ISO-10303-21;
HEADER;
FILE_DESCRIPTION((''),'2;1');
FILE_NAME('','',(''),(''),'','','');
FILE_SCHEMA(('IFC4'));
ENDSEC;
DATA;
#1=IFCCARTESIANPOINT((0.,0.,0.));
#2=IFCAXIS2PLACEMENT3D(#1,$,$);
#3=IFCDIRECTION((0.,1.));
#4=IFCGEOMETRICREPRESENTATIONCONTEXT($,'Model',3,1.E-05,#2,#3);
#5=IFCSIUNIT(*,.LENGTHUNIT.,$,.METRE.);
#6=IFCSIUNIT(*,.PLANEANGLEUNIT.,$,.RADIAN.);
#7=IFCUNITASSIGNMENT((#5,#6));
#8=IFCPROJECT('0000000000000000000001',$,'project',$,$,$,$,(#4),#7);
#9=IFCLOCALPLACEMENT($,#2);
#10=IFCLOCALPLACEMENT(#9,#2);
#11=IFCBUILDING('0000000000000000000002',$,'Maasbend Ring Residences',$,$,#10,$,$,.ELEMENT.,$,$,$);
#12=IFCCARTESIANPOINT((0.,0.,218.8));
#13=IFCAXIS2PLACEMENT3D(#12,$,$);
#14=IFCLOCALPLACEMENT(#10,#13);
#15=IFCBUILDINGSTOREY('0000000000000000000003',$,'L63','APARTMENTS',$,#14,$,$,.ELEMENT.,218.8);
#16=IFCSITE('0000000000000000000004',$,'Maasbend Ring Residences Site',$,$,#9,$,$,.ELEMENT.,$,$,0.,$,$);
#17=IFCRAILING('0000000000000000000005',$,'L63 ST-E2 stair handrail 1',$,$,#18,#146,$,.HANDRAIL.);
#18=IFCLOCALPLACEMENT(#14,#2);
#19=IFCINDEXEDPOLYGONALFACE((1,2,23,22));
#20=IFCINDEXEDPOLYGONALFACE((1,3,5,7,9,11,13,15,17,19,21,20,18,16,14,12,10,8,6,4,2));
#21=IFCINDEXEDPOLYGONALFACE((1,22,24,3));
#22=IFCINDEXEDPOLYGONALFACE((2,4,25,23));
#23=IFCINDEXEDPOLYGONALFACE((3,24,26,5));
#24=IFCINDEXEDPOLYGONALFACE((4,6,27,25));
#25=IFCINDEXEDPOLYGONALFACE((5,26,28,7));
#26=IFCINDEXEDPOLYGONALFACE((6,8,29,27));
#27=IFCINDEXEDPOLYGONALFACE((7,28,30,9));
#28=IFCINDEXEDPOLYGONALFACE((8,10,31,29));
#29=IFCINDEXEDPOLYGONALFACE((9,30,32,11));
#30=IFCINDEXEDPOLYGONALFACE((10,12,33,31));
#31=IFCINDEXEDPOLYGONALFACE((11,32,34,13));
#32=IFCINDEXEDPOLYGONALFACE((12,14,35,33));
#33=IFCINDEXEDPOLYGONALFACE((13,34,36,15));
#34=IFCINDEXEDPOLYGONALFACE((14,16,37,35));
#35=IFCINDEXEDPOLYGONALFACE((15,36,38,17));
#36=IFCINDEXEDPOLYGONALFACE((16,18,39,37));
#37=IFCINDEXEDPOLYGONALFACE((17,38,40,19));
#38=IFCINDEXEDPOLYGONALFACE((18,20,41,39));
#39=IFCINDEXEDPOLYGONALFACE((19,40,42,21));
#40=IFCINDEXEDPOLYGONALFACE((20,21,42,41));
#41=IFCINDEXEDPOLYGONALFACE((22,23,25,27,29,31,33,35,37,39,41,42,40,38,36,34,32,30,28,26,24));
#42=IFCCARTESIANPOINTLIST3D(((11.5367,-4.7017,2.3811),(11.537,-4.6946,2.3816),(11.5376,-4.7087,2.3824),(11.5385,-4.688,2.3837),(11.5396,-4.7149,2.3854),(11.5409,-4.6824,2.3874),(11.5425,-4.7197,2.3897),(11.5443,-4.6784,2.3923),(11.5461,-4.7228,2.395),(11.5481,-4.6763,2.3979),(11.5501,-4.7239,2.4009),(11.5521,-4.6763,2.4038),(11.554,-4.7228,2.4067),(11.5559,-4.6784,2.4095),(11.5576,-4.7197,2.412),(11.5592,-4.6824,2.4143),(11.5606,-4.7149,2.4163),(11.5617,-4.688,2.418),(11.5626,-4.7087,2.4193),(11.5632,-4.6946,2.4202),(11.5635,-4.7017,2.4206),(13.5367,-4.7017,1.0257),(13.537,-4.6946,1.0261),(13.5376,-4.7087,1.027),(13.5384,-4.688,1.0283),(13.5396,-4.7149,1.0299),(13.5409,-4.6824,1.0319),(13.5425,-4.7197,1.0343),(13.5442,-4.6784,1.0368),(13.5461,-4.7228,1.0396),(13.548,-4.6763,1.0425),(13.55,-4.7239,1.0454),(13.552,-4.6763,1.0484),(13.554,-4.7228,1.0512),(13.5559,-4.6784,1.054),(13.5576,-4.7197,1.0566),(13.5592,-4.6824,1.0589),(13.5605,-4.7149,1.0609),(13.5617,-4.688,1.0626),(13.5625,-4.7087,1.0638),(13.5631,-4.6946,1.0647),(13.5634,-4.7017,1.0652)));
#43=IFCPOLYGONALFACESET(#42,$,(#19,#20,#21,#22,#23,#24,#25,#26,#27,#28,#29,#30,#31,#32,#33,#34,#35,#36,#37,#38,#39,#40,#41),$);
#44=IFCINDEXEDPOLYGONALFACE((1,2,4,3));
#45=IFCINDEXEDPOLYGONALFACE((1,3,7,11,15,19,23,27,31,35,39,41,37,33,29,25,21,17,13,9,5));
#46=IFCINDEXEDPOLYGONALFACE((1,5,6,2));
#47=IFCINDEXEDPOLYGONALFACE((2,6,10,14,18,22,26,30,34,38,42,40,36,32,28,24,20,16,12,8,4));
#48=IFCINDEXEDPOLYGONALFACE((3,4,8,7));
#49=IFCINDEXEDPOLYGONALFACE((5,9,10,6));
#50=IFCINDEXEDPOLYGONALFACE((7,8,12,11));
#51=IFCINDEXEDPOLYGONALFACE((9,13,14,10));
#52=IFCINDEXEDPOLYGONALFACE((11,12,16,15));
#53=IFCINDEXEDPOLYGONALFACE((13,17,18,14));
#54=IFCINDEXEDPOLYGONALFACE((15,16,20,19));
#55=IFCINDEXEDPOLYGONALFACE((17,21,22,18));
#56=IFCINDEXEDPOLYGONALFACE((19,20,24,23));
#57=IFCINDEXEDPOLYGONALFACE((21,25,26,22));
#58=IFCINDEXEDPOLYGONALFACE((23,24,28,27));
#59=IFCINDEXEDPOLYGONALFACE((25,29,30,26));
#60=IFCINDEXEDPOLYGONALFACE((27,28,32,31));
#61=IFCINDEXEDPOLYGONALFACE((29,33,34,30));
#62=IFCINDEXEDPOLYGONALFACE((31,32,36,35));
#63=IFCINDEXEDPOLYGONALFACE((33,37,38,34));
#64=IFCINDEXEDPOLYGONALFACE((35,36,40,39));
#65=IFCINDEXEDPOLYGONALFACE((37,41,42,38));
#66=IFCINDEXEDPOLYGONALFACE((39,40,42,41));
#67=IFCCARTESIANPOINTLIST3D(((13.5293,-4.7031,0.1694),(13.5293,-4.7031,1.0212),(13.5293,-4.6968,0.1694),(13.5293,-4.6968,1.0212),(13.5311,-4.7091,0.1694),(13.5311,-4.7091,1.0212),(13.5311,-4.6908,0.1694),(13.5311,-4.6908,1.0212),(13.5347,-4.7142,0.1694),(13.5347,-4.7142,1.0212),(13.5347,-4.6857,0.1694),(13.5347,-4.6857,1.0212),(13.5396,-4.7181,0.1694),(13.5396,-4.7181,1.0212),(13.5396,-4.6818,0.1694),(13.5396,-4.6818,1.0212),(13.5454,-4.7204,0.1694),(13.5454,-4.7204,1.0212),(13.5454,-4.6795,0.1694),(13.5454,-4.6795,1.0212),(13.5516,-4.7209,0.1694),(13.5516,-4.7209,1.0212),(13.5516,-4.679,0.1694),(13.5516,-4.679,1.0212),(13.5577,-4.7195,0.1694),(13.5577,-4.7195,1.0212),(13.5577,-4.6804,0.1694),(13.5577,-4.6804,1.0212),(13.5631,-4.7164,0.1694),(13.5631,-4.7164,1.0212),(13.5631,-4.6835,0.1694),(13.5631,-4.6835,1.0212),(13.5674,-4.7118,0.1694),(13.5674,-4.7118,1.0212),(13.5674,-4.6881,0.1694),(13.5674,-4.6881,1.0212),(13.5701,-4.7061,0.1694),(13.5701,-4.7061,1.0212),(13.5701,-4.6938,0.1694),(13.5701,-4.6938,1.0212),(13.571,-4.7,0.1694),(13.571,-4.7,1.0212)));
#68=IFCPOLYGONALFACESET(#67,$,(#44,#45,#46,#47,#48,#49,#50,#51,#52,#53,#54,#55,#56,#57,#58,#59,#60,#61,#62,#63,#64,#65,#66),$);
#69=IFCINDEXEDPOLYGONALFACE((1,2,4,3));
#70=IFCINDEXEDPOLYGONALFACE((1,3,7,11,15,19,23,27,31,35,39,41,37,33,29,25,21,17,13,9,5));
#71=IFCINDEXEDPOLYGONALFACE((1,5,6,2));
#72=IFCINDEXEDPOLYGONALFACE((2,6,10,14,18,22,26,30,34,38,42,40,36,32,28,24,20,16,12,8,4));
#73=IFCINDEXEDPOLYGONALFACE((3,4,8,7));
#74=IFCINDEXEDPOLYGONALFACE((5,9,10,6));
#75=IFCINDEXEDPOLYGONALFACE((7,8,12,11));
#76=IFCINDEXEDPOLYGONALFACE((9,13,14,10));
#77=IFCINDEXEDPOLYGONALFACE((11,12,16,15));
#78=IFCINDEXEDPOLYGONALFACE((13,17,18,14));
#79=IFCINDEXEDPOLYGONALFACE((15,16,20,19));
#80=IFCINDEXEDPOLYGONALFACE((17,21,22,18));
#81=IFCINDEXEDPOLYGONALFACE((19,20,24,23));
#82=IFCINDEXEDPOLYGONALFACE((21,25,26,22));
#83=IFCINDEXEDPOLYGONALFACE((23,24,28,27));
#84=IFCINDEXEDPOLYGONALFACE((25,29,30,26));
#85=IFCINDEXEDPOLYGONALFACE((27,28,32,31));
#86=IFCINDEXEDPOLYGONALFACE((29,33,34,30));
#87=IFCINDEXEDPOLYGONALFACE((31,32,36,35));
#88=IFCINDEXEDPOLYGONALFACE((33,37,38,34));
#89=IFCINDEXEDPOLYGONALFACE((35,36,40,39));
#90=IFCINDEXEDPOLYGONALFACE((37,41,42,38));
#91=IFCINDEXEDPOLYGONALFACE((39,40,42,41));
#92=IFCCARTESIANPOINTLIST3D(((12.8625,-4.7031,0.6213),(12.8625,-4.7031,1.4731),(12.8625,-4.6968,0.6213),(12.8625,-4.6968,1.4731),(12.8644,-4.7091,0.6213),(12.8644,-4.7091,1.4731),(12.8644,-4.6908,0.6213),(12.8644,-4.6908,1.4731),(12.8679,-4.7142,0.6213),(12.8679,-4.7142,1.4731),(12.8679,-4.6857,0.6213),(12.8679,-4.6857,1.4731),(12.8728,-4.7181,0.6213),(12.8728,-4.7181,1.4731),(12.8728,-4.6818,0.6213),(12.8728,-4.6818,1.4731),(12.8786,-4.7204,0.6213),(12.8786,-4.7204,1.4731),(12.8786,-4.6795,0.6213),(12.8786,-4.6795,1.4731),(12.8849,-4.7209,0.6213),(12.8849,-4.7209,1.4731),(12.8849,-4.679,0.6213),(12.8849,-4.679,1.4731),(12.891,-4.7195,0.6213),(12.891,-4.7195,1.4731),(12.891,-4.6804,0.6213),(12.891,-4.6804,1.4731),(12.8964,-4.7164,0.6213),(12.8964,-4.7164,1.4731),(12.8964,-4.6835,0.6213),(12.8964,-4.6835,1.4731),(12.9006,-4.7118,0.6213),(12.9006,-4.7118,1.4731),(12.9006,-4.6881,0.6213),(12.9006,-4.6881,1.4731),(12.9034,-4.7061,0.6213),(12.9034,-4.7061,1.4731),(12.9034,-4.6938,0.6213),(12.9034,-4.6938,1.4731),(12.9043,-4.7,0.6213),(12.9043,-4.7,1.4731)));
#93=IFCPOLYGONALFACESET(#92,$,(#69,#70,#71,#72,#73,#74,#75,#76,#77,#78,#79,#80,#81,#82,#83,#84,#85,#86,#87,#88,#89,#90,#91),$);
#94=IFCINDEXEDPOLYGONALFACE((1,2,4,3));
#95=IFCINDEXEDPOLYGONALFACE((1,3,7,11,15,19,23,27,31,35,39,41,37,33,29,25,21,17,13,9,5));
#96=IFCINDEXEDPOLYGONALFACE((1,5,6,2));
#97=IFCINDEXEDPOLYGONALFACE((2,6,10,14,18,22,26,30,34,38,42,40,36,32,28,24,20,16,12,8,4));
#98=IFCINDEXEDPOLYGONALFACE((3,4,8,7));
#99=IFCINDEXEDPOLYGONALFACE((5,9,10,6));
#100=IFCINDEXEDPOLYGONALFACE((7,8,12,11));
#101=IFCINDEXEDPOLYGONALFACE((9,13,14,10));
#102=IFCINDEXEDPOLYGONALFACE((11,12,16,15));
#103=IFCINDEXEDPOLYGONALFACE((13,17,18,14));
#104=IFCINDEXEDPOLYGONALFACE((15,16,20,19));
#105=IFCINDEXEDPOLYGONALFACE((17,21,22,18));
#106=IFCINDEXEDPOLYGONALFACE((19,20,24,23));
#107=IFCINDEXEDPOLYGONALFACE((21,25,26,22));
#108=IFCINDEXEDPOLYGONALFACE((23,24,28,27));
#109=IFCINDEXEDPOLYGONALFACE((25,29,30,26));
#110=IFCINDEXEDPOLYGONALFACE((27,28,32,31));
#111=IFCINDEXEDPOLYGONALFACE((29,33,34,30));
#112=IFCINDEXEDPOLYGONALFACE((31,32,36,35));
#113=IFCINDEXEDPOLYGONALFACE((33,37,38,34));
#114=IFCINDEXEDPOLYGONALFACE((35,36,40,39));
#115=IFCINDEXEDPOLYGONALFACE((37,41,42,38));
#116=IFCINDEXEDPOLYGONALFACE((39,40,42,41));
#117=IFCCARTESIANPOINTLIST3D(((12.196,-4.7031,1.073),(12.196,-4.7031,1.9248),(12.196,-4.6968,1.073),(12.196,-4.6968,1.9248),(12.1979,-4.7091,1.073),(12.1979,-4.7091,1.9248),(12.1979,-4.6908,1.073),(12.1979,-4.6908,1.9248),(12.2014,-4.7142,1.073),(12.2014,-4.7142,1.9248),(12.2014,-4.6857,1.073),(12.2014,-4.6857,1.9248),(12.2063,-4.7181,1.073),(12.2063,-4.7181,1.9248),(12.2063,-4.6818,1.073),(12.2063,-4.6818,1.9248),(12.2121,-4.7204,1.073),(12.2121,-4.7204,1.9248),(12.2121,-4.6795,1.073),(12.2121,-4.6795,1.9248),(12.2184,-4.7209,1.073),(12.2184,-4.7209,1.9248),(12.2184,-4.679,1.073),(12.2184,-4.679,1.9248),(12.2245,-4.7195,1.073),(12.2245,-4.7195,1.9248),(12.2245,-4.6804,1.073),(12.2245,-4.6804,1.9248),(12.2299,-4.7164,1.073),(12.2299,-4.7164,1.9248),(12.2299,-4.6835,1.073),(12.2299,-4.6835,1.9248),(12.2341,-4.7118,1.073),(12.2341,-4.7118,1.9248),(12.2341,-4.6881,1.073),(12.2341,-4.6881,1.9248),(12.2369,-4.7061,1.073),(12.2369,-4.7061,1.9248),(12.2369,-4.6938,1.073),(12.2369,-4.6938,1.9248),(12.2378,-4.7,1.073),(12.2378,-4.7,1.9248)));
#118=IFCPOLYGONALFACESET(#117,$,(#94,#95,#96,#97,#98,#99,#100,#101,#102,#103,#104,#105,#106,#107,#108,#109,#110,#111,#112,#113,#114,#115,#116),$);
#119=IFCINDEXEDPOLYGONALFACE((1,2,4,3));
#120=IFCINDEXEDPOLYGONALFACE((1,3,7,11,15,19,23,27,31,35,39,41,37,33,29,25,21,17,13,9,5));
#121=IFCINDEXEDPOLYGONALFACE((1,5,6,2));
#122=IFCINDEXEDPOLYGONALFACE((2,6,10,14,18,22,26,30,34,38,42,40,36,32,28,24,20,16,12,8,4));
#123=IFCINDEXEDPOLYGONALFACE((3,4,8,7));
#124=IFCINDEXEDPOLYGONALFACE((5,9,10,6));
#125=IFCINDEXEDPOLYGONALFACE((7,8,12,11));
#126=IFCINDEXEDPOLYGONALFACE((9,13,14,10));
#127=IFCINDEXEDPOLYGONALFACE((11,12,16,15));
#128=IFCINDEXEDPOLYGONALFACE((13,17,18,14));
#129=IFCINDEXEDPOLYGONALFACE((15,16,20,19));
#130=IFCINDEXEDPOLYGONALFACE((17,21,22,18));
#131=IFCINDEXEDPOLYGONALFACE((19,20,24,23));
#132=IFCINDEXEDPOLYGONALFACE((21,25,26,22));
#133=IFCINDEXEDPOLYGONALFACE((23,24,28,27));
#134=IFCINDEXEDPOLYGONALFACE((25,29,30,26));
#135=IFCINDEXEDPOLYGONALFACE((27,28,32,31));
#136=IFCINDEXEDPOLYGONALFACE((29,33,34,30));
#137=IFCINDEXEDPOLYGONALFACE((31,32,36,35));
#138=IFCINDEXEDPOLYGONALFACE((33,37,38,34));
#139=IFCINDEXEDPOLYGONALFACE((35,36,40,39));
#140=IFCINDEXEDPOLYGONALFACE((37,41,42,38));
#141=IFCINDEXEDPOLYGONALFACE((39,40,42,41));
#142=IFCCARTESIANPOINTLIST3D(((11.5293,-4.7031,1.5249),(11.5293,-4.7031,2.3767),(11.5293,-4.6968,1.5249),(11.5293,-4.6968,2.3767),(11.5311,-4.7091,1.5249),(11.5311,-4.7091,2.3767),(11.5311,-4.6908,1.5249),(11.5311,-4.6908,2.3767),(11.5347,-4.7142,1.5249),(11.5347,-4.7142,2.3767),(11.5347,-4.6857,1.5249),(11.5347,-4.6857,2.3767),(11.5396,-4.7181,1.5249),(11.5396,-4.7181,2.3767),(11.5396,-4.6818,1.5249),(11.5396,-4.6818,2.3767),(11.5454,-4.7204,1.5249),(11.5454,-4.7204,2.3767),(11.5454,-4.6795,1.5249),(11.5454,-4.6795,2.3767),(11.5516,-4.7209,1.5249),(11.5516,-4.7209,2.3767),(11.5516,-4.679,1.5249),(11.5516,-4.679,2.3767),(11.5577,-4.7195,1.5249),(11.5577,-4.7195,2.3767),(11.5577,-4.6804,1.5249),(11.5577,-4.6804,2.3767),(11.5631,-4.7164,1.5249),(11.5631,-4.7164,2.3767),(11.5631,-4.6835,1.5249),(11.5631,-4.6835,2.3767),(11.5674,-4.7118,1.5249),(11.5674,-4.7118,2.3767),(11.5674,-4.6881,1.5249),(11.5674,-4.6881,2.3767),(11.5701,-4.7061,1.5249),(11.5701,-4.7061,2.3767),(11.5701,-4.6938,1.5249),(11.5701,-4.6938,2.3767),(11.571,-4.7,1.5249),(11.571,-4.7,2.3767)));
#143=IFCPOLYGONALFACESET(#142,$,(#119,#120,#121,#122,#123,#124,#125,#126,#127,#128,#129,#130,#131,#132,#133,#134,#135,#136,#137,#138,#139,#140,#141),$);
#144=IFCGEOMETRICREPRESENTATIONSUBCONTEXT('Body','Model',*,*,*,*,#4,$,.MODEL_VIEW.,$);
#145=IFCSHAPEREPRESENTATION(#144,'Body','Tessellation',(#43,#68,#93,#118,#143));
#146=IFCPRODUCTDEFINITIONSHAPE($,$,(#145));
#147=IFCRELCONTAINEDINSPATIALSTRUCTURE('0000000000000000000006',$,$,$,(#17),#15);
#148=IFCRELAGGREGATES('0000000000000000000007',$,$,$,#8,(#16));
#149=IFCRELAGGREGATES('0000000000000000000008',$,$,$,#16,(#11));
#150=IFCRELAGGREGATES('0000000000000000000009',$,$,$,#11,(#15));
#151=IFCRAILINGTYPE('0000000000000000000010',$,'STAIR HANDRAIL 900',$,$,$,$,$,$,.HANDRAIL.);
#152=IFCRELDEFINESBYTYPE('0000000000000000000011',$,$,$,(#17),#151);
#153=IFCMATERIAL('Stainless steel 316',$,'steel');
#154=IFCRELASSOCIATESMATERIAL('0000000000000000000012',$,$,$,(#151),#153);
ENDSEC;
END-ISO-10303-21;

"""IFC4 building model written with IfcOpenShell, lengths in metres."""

from ifc_helpers import new_model, si_unit, direction, frame, origin, origin_2d, place, context, subcontext, project, spatial, circle, extrude, material, type_object, element, save


model = new_model("IFC4")

# Units and contexts
model_context = context("Model", 3, precision=1e-05, world=origin(), true_north=direction((0.0, 1.0)))
body_context = subcontext(model_context, "Body", "Model", "MODEL_VIEW")
ifc_project = project(units=[si_unit("LENGTHUNIT", "METRE"), si_unit("PLANEANGLEUNIT", "RADIAN")], contexts=[model_context])

# Site, building, storey
site_placement = place(None, origin())
site = spatial("IfcSite", under=ifc_project, at=site_placement, Name="Maasbend Ring Residences Site", CompositionType="ELEMENT", RefElevation=0.0)
building_placement = place(site_placement, origin())
building = spatial("IfcBuilding", under=site, at=building_placement, Name="Maasbend Ring Residences", CompositionType="ELEMENT")
storey_placement = place(building_placement, frame((0.0, 0.0, 218.8)))
storey = spatial("IfcBuildingStorey", under=building, at=storey_placement, Name="L63", Description="APARTMENTS", CompositionType="ELEMENT", Elevation=218.8)

# Railing
ifc_material_1 = material(Name="Stainless steel 316", Category="steel")
railing_type = type_object("IfcRailingType", Name="STAIR HANDRAIL 900", PredefinedType="HANDRAIL", material=ifc_material_1)
railing_1_placement = place(storey_placement, frame((13.55, -4.7, 0.1694)))
element("IfcRailing", 1, at=railing_1_placement, inside=storey, type_object=railing_type, Name="L63 ST-E2 stair handrail 1", PredefinedType="HANDRAIL", context=body_context, shape_type="SweptSolid", body=[
    extrude(circle(Radius=0.0239, at=origin_2d()), frame((0.0, 0.0, 0.876), z_axis=(-0.827798, 0.0, 0.561027), x_axis=(0.0, -1.0, 0.0)), (0.0, 0.0, 1.0), 2.416),
    extrude(circle(Radius=0.021, at=origin_2d()), origin(), (0.0, 0.0, 1.0), 0.8518),
    extrude(circle(Radius=0.021, at=origin_2d()), frame((-0.6667, 0.0, 0.4519)), (0.0, 0.0, 1.0), 0.8518),
    extrude(circle(Radius=0.021, at=origin_2d()), frame((-1.3333, 0.0, 0.9036)), (0.0, 0.0, 1.0), 0.8518),
    extrude(circle(Radius=0.021, at=origin_2d()), frame((-2.0, 0.0, 1.3555)), (0.0, 0.0, 1.0), 0.8518),
])

save(model, "model.ifc")
